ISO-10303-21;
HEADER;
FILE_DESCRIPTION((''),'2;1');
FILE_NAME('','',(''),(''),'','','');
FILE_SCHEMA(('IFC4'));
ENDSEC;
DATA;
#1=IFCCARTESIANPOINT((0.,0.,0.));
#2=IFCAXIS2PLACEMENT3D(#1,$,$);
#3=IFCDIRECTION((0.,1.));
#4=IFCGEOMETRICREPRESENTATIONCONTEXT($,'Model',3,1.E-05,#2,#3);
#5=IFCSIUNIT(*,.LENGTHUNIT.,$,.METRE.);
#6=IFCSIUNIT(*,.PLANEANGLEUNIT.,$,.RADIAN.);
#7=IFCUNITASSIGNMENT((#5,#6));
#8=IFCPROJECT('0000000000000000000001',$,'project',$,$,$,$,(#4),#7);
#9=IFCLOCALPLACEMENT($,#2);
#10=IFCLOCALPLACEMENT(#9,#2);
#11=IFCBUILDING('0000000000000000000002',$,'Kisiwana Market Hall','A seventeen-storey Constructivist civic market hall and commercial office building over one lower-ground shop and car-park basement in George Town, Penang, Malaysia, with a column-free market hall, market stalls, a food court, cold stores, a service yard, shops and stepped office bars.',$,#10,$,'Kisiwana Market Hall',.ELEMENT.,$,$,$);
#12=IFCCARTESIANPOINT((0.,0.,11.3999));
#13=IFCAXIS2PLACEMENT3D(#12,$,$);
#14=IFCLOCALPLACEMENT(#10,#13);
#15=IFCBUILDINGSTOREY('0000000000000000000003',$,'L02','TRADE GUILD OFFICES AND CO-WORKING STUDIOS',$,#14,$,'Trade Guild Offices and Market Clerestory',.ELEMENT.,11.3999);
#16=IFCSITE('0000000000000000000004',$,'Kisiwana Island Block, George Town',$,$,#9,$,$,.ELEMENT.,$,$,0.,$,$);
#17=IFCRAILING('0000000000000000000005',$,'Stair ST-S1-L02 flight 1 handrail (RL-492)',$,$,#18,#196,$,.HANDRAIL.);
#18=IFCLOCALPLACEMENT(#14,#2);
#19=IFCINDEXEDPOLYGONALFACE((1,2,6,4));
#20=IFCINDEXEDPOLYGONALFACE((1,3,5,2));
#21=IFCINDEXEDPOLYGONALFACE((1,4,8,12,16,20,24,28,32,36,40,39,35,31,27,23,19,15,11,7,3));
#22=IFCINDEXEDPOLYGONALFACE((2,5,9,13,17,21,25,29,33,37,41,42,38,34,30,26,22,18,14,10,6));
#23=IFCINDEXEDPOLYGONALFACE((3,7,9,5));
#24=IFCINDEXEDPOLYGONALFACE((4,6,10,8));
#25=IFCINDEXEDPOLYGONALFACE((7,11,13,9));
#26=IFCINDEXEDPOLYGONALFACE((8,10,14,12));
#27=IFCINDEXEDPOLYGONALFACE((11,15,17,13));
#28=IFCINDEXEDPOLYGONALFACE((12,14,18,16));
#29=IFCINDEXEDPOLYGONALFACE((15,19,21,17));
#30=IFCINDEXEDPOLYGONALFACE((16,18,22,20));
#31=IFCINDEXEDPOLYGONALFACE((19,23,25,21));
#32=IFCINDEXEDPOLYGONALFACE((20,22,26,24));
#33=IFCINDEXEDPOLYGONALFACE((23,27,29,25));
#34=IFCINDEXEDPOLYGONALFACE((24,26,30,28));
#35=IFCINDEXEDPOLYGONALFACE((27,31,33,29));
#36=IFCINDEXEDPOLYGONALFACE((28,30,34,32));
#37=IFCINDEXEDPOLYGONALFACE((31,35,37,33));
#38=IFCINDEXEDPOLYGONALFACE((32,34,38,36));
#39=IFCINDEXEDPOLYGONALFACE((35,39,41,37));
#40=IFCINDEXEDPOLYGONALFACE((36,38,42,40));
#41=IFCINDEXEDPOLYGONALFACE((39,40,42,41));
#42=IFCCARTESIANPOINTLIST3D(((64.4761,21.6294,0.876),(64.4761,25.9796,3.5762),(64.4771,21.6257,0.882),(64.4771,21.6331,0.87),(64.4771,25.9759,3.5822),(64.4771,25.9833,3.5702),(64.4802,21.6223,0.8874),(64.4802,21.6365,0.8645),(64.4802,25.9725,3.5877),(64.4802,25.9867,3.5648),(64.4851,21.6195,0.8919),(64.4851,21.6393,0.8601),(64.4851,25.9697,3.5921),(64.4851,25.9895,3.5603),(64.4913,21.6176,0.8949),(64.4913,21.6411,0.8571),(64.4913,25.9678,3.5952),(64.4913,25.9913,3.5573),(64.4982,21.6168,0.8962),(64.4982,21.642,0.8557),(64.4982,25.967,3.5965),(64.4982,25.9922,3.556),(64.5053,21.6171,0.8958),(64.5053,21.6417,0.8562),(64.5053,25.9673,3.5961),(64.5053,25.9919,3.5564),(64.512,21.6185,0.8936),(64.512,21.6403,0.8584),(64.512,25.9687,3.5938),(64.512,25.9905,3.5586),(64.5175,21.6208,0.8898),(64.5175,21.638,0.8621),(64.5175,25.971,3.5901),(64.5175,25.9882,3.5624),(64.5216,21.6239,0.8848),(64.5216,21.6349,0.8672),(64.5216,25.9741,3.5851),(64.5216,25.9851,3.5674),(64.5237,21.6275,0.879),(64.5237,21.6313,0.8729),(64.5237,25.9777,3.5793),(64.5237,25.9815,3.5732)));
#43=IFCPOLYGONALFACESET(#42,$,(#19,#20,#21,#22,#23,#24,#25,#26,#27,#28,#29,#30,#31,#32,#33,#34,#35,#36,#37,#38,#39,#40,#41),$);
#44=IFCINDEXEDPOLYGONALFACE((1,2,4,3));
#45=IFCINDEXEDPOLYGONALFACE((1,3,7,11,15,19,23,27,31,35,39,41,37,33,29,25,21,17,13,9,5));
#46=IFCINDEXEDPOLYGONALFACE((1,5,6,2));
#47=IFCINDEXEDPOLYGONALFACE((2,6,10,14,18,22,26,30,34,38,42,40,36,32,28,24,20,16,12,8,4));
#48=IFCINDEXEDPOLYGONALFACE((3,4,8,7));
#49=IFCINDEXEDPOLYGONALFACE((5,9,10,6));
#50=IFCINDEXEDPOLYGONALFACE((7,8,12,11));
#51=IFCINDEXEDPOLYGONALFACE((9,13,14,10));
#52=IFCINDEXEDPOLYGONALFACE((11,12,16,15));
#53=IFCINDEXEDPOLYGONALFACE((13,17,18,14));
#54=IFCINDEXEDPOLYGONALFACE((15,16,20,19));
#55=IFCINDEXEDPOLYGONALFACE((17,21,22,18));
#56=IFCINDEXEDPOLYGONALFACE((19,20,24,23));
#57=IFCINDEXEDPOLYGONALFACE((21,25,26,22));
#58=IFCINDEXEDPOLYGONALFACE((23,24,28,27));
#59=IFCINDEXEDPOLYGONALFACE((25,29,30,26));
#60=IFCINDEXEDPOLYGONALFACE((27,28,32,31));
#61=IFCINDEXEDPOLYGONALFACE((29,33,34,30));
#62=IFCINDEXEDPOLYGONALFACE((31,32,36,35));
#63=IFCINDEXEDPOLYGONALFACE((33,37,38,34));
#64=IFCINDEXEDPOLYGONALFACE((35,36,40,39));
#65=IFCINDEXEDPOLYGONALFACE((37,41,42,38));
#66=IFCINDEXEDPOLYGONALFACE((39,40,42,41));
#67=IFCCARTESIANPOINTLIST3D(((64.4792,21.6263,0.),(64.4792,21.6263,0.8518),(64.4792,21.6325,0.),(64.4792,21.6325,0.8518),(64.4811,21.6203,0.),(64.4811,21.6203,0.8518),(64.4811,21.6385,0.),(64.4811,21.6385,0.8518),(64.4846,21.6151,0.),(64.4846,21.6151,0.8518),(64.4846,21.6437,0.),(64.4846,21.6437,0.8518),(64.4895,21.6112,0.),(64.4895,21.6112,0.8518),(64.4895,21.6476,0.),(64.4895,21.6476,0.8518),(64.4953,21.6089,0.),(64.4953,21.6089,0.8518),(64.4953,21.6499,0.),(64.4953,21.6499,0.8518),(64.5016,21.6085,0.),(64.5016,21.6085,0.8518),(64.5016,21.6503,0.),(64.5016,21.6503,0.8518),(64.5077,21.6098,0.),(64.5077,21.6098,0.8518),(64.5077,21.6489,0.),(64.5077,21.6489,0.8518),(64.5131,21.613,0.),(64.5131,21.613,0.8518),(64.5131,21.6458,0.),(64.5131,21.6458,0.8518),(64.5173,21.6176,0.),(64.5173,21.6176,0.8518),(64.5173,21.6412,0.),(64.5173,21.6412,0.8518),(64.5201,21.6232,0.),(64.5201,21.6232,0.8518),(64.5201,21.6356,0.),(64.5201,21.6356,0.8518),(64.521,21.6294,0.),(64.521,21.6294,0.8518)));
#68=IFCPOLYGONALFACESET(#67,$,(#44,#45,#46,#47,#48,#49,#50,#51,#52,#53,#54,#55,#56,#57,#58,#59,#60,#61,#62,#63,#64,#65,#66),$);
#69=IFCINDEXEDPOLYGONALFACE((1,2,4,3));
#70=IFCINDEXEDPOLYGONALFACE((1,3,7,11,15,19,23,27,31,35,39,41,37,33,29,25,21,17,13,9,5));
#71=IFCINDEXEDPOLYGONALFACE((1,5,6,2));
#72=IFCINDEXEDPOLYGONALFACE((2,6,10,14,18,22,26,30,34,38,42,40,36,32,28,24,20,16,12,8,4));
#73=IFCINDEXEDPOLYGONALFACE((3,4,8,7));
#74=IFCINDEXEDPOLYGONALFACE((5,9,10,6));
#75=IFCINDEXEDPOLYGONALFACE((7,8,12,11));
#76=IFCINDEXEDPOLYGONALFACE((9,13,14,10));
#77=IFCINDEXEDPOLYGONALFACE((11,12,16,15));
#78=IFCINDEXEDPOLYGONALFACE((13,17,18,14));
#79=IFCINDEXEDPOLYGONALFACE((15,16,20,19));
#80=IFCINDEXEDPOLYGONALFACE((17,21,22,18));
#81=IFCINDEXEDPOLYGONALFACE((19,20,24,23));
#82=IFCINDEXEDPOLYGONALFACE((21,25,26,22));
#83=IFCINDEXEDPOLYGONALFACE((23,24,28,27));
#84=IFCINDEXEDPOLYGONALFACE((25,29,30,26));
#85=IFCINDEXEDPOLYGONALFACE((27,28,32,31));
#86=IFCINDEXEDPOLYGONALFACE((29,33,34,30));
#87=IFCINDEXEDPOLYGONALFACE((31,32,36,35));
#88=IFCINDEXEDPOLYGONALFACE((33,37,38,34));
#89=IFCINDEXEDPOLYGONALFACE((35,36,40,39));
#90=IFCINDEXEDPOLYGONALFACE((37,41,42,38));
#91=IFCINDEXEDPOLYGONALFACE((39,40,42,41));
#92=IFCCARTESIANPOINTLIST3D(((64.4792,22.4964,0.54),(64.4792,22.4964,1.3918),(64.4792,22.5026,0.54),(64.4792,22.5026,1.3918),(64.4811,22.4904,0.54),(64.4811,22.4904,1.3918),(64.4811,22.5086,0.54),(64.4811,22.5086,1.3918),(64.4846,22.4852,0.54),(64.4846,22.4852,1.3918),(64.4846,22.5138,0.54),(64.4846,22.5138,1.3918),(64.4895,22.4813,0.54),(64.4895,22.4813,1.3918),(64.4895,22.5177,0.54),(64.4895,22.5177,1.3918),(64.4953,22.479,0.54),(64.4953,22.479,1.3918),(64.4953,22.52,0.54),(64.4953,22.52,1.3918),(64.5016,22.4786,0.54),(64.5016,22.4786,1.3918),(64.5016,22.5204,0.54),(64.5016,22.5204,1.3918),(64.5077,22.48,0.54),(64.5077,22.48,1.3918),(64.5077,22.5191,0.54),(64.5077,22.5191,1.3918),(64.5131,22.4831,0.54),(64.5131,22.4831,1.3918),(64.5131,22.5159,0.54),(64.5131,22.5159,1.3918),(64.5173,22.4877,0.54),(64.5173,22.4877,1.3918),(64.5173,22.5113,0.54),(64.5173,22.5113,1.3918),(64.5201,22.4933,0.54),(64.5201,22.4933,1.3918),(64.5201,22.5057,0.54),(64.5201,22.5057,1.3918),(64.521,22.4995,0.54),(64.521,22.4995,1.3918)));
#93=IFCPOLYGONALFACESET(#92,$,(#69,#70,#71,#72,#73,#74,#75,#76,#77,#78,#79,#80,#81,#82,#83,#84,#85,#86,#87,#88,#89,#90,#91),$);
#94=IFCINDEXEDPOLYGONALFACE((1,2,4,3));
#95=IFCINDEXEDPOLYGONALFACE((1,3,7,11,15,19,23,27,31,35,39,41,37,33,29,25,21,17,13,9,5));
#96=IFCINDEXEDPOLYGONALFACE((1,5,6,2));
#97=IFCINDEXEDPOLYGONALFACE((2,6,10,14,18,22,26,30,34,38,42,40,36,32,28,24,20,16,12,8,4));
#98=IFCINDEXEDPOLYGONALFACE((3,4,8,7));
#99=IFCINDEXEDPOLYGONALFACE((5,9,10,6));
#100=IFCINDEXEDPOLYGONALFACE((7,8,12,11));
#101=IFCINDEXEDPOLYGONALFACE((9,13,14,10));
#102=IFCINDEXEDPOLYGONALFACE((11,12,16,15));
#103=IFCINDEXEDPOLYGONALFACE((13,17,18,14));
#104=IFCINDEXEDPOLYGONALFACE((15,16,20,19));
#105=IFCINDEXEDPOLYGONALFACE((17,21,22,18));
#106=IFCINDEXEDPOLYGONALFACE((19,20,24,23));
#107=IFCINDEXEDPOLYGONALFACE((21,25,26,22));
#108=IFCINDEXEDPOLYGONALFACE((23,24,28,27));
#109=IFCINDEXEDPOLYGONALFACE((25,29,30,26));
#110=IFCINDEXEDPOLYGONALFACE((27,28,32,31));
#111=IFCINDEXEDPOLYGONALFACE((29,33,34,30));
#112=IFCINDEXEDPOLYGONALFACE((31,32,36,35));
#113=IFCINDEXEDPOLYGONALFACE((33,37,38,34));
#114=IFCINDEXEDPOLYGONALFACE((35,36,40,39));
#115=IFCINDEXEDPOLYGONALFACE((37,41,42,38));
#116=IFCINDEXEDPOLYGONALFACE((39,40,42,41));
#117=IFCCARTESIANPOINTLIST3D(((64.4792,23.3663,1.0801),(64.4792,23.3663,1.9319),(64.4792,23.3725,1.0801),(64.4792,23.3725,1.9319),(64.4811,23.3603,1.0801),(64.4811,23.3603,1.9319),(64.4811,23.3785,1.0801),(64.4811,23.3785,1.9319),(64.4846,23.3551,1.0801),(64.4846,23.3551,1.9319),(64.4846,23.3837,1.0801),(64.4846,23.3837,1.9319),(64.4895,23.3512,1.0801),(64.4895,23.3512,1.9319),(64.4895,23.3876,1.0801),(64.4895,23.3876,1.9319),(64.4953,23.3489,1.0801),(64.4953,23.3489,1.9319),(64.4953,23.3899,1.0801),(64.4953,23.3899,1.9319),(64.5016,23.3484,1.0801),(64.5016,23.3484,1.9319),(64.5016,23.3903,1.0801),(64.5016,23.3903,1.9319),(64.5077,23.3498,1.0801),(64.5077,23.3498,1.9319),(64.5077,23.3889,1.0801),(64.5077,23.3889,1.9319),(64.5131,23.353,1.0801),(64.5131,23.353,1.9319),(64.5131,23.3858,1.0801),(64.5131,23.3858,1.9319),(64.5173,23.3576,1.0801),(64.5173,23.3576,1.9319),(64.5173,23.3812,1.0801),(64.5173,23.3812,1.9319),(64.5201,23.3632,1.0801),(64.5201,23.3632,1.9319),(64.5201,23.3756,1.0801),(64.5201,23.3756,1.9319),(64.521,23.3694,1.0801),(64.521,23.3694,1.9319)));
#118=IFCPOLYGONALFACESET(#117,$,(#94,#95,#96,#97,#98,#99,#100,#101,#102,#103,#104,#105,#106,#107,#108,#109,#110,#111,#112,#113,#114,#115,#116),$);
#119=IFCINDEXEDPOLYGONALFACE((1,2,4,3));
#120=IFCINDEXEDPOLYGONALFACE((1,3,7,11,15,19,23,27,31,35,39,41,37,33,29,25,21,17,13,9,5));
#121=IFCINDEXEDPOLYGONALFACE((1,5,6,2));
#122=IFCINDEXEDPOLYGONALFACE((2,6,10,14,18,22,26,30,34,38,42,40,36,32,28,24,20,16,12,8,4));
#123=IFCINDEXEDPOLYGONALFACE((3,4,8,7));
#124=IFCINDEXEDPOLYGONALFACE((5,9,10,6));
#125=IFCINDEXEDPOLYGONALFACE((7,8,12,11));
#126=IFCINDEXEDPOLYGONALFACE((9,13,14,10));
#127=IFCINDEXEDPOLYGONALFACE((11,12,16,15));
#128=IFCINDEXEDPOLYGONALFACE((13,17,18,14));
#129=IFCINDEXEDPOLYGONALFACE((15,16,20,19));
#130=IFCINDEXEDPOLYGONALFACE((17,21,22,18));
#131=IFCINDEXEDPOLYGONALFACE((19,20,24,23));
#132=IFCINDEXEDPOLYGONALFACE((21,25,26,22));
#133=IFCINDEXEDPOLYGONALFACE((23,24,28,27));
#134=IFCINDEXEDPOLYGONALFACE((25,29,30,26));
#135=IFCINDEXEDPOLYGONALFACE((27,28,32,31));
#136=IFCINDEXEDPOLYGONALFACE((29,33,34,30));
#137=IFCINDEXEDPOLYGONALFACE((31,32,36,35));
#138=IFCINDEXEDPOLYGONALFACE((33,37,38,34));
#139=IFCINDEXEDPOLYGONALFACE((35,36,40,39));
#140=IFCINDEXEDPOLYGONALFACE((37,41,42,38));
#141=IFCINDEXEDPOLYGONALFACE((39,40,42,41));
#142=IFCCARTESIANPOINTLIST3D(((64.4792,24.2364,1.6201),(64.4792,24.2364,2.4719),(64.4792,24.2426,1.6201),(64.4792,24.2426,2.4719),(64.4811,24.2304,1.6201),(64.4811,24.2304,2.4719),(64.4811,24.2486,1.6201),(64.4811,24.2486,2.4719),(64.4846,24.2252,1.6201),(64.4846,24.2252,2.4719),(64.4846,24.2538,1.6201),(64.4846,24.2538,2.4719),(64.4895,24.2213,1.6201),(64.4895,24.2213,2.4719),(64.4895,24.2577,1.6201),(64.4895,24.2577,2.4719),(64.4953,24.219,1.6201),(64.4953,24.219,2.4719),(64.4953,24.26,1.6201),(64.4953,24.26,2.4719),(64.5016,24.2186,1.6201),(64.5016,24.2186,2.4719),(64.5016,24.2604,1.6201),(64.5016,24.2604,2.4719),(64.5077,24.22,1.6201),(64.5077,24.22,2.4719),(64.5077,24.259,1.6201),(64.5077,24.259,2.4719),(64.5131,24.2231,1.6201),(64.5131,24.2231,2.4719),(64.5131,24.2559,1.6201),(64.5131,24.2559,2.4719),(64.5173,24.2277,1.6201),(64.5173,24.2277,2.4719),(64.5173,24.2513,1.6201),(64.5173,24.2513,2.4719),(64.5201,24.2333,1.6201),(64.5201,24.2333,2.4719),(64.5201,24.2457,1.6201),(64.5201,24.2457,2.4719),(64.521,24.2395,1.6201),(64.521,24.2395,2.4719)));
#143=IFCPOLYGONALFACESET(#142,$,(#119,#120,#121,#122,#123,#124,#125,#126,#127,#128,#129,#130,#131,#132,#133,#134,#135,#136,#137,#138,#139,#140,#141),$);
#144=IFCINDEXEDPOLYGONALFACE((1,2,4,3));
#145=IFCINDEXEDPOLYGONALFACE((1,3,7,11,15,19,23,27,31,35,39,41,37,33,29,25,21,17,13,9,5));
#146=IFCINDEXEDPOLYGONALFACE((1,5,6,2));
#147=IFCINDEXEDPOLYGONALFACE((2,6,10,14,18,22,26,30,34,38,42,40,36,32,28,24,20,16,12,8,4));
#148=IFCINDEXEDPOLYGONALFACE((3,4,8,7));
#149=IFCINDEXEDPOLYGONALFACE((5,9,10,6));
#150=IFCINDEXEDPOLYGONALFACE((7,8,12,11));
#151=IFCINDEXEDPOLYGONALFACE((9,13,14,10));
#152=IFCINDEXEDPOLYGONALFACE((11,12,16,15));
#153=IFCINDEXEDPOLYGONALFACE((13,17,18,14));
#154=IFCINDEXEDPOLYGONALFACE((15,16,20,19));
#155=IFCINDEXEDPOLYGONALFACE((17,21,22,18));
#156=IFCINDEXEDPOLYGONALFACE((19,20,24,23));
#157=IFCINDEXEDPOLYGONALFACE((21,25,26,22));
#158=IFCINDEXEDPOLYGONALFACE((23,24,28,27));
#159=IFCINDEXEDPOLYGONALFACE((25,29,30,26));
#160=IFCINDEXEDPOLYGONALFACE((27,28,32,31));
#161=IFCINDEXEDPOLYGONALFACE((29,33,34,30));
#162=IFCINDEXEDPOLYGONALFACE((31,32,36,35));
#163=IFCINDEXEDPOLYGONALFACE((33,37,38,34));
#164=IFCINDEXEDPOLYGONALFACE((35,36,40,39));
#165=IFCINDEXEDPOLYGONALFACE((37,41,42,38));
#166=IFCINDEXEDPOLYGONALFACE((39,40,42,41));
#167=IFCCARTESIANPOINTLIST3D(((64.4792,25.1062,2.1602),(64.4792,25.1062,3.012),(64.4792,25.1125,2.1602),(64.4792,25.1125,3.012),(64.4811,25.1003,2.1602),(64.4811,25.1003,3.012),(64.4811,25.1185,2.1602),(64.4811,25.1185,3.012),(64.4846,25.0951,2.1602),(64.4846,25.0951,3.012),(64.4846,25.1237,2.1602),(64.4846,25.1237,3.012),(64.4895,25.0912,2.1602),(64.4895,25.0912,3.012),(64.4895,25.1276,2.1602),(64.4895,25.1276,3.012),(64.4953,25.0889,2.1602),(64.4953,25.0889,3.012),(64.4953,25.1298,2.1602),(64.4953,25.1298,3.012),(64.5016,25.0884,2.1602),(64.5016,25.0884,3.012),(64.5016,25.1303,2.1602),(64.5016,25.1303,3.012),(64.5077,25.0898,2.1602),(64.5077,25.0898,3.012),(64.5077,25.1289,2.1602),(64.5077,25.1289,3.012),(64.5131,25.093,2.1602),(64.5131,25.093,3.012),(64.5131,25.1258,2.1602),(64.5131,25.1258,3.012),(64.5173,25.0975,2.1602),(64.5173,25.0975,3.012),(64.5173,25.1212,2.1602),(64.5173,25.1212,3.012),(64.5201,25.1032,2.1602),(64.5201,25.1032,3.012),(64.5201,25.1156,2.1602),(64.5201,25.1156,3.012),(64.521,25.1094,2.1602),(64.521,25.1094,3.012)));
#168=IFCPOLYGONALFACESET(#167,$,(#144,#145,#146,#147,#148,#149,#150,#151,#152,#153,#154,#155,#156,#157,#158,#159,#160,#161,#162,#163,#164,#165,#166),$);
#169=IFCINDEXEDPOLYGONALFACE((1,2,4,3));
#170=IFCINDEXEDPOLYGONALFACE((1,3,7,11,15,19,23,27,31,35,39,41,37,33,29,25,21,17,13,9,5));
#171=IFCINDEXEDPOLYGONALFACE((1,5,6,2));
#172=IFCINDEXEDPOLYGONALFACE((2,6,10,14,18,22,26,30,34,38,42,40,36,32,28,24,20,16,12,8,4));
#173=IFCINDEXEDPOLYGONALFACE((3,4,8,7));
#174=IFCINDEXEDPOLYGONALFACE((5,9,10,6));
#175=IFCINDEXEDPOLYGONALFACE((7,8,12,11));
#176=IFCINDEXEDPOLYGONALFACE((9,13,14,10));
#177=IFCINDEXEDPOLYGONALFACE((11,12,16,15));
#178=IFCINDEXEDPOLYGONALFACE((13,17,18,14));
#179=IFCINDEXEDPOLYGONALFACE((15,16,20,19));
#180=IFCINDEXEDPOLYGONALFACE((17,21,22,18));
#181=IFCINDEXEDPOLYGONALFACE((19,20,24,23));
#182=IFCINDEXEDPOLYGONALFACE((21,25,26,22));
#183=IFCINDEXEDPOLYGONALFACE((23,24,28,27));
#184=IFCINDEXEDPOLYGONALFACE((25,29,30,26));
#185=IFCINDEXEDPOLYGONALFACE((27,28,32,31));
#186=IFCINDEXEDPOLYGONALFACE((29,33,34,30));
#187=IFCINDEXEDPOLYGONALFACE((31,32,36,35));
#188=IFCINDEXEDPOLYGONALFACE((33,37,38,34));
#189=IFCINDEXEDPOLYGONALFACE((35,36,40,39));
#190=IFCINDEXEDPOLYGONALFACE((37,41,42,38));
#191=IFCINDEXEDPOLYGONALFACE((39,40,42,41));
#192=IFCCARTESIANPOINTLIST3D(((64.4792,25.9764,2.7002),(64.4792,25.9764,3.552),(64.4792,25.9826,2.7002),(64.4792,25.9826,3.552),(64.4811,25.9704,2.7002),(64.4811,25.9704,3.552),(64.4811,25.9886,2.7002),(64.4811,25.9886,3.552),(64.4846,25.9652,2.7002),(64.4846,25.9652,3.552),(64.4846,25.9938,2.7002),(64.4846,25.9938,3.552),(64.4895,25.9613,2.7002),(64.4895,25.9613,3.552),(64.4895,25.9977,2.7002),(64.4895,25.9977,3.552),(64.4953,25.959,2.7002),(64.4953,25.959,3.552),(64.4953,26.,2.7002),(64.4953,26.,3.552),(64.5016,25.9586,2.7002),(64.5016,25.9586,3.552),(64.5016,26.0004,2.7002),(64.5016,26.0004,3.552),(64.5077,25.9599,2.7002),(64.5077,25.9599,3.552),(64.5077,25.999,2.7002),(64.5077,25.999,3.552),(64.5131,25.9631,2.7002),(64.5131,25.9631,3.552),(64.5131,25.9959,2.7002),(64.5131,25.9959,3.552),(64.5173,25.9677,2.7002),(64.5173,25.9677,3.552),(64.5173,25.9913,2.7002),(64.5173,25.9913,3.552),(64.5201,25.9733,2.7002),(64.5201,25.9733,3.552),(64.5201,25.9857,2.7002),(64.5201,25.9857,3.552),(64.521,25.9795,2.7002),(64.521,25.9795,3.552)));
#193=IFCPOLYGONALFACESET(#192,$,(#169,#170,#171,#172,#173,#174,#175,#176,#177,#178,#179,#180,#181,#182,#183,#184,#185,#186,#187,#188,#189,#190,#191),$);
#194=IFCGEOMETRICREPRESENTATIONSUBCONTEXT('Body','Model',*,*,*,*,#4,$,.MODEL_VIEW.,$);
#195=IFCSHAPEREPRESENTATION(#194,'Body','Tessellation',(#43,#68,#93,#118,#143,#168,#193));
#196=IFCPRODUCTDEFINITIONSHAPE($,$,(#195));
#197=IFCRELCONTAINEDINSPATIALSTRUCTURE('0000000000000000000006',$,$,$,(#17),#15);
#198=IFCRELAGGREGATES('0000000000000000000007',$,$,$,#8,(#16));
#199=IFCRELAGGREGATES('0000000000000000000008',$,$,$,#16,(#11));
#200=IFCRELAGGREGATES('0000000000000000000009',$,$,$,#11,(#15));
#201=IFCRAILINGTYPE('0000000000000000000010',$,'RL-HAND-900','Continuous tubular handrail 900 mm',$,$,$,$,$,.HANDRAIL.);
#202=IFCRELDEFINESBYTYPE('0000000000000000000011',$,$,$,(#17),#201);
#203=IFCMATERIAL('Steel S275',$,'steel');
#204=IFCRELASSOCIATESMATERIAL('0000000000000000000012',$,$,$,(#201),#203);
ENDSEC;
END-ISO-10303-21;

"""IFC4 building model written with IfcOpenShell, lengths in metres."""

from ifc_helpers import new_model, si_unit, direction, frame, origin, origin_2d, place, context, subcontext, project, spatial, circle, extrude, material, type_object, element, save


model = new_model("IFC4")

# Units and contexts
model_context = context("Model", 3, precision=1e-05, world=origin(), true_north=direction((0.0, 1.0)))
body_context = subcontext(model_context, "Body", "Model", "MODEL_VIEW")
ifc_project = project(units=[si_unit("LENGTHUNIT", "METRE"), si_unit("PLANEANGLEUNIT", "RADIAN")], contexts=[model_context])

# Site, building, storey
site_placement = place(None, origin())
site = spatial("IfcSite", under=ifc_project, at=site_placement, Name="Kisiwana Island Block, George Town", CompositionType="ELEMENT", RefElevation=0.0)
building_placement = place(site_placement, origin())
building = spatial("IfcBuilding", under=site, at=building_placement, Name="Kisiwana Market Hall", Description="A seventeen-storey Constructivist civic market hall and commercial office building over one lower-ground shop and car-park basement in George Town, Penang, Malaysia, with a column-free market hall, market stalls, a food court, cold stores, a service yard, shops and stepped office bars.", LongName="Kisiwana Market Hall", CompositionType="ELEMENT")
storey_placement = place(building_placement, frame((0.0, 0.0, 11.3999)))
storey = spatial("IfcBuildingStorey", under=building, at=storey_placement, Name="L02", Description="TRADE GUILD OFFICES AND CO-WORKING STUDIOS", LongName="Trade Guild Offices and Market Clerestory", CompositionType="ELEMENT", Elevation=11.3999)

# Railing
ifc_material_1 = material(Name="Steel S275", Category="steel")
railing_type_1 = type_object("IfcRailingType", Name="RL-HAND-900", Description="Continuous tubular handrail 900 mm", PredefinedType="HANDRAIL", material=ifc_material_1)
railing_1_placement = place(storey_placement, frame((64.5, 21.6294, 0.0)))
element("IfcRailing", 1, at=railing_1_placement, inside=storey, type_object=railing_type_1, Name="Stair ST-S1-L02 flight 1 handrail (RL-492)", PredefinedType="HANDRAIL", context=body_context, shape_type="SweptSolid", body=[
    extrude(circle(Radius=0.0239, at=origin_2d()), frame((0.0, 0.0, 0.876), z_axis=(0.0, 0.849628, 0.527382), x_axis=(-1.0, 0.0, 0.0)), (0.0, 0.0, 1.0), 5.1201),
    extrude(circle(Radius=0.021, at=origin_2d()), origin(), (0.0, 0.0, 1.0), 0.8518),
    extrude(circle(Radius=0.021, at=origin_2d()), frame((0.0, 0.8701, 0.54)), (0.0, 0.0, 1.0), 0.8518),
    extrude(circle(Radius=0.021, at=origin_2d()), frame((0.0, 1.74, 1.0801)), (0.0, 0.0, 1.0), 0.8518),
    extrude(circle(Radius=0.021, at=origin_2d()), frame((0.0, 2.6101, 1.6201)), (0.0, 0.0, 1.0), 0.8518),
    extrude(circle(Radius=0.021, at=origin_2d()), frame((0.0, 3.48, 2.1602)), (0.0, 0.0, 1.0), 0.8518),
    extrude(circle(Radius=0.021, at=origin_2d()), frame((0.0, 4.3501, 2.7002)), (0.0, 0.0, 1.0), 0.8518),
])

save(model, "model.ifc")
